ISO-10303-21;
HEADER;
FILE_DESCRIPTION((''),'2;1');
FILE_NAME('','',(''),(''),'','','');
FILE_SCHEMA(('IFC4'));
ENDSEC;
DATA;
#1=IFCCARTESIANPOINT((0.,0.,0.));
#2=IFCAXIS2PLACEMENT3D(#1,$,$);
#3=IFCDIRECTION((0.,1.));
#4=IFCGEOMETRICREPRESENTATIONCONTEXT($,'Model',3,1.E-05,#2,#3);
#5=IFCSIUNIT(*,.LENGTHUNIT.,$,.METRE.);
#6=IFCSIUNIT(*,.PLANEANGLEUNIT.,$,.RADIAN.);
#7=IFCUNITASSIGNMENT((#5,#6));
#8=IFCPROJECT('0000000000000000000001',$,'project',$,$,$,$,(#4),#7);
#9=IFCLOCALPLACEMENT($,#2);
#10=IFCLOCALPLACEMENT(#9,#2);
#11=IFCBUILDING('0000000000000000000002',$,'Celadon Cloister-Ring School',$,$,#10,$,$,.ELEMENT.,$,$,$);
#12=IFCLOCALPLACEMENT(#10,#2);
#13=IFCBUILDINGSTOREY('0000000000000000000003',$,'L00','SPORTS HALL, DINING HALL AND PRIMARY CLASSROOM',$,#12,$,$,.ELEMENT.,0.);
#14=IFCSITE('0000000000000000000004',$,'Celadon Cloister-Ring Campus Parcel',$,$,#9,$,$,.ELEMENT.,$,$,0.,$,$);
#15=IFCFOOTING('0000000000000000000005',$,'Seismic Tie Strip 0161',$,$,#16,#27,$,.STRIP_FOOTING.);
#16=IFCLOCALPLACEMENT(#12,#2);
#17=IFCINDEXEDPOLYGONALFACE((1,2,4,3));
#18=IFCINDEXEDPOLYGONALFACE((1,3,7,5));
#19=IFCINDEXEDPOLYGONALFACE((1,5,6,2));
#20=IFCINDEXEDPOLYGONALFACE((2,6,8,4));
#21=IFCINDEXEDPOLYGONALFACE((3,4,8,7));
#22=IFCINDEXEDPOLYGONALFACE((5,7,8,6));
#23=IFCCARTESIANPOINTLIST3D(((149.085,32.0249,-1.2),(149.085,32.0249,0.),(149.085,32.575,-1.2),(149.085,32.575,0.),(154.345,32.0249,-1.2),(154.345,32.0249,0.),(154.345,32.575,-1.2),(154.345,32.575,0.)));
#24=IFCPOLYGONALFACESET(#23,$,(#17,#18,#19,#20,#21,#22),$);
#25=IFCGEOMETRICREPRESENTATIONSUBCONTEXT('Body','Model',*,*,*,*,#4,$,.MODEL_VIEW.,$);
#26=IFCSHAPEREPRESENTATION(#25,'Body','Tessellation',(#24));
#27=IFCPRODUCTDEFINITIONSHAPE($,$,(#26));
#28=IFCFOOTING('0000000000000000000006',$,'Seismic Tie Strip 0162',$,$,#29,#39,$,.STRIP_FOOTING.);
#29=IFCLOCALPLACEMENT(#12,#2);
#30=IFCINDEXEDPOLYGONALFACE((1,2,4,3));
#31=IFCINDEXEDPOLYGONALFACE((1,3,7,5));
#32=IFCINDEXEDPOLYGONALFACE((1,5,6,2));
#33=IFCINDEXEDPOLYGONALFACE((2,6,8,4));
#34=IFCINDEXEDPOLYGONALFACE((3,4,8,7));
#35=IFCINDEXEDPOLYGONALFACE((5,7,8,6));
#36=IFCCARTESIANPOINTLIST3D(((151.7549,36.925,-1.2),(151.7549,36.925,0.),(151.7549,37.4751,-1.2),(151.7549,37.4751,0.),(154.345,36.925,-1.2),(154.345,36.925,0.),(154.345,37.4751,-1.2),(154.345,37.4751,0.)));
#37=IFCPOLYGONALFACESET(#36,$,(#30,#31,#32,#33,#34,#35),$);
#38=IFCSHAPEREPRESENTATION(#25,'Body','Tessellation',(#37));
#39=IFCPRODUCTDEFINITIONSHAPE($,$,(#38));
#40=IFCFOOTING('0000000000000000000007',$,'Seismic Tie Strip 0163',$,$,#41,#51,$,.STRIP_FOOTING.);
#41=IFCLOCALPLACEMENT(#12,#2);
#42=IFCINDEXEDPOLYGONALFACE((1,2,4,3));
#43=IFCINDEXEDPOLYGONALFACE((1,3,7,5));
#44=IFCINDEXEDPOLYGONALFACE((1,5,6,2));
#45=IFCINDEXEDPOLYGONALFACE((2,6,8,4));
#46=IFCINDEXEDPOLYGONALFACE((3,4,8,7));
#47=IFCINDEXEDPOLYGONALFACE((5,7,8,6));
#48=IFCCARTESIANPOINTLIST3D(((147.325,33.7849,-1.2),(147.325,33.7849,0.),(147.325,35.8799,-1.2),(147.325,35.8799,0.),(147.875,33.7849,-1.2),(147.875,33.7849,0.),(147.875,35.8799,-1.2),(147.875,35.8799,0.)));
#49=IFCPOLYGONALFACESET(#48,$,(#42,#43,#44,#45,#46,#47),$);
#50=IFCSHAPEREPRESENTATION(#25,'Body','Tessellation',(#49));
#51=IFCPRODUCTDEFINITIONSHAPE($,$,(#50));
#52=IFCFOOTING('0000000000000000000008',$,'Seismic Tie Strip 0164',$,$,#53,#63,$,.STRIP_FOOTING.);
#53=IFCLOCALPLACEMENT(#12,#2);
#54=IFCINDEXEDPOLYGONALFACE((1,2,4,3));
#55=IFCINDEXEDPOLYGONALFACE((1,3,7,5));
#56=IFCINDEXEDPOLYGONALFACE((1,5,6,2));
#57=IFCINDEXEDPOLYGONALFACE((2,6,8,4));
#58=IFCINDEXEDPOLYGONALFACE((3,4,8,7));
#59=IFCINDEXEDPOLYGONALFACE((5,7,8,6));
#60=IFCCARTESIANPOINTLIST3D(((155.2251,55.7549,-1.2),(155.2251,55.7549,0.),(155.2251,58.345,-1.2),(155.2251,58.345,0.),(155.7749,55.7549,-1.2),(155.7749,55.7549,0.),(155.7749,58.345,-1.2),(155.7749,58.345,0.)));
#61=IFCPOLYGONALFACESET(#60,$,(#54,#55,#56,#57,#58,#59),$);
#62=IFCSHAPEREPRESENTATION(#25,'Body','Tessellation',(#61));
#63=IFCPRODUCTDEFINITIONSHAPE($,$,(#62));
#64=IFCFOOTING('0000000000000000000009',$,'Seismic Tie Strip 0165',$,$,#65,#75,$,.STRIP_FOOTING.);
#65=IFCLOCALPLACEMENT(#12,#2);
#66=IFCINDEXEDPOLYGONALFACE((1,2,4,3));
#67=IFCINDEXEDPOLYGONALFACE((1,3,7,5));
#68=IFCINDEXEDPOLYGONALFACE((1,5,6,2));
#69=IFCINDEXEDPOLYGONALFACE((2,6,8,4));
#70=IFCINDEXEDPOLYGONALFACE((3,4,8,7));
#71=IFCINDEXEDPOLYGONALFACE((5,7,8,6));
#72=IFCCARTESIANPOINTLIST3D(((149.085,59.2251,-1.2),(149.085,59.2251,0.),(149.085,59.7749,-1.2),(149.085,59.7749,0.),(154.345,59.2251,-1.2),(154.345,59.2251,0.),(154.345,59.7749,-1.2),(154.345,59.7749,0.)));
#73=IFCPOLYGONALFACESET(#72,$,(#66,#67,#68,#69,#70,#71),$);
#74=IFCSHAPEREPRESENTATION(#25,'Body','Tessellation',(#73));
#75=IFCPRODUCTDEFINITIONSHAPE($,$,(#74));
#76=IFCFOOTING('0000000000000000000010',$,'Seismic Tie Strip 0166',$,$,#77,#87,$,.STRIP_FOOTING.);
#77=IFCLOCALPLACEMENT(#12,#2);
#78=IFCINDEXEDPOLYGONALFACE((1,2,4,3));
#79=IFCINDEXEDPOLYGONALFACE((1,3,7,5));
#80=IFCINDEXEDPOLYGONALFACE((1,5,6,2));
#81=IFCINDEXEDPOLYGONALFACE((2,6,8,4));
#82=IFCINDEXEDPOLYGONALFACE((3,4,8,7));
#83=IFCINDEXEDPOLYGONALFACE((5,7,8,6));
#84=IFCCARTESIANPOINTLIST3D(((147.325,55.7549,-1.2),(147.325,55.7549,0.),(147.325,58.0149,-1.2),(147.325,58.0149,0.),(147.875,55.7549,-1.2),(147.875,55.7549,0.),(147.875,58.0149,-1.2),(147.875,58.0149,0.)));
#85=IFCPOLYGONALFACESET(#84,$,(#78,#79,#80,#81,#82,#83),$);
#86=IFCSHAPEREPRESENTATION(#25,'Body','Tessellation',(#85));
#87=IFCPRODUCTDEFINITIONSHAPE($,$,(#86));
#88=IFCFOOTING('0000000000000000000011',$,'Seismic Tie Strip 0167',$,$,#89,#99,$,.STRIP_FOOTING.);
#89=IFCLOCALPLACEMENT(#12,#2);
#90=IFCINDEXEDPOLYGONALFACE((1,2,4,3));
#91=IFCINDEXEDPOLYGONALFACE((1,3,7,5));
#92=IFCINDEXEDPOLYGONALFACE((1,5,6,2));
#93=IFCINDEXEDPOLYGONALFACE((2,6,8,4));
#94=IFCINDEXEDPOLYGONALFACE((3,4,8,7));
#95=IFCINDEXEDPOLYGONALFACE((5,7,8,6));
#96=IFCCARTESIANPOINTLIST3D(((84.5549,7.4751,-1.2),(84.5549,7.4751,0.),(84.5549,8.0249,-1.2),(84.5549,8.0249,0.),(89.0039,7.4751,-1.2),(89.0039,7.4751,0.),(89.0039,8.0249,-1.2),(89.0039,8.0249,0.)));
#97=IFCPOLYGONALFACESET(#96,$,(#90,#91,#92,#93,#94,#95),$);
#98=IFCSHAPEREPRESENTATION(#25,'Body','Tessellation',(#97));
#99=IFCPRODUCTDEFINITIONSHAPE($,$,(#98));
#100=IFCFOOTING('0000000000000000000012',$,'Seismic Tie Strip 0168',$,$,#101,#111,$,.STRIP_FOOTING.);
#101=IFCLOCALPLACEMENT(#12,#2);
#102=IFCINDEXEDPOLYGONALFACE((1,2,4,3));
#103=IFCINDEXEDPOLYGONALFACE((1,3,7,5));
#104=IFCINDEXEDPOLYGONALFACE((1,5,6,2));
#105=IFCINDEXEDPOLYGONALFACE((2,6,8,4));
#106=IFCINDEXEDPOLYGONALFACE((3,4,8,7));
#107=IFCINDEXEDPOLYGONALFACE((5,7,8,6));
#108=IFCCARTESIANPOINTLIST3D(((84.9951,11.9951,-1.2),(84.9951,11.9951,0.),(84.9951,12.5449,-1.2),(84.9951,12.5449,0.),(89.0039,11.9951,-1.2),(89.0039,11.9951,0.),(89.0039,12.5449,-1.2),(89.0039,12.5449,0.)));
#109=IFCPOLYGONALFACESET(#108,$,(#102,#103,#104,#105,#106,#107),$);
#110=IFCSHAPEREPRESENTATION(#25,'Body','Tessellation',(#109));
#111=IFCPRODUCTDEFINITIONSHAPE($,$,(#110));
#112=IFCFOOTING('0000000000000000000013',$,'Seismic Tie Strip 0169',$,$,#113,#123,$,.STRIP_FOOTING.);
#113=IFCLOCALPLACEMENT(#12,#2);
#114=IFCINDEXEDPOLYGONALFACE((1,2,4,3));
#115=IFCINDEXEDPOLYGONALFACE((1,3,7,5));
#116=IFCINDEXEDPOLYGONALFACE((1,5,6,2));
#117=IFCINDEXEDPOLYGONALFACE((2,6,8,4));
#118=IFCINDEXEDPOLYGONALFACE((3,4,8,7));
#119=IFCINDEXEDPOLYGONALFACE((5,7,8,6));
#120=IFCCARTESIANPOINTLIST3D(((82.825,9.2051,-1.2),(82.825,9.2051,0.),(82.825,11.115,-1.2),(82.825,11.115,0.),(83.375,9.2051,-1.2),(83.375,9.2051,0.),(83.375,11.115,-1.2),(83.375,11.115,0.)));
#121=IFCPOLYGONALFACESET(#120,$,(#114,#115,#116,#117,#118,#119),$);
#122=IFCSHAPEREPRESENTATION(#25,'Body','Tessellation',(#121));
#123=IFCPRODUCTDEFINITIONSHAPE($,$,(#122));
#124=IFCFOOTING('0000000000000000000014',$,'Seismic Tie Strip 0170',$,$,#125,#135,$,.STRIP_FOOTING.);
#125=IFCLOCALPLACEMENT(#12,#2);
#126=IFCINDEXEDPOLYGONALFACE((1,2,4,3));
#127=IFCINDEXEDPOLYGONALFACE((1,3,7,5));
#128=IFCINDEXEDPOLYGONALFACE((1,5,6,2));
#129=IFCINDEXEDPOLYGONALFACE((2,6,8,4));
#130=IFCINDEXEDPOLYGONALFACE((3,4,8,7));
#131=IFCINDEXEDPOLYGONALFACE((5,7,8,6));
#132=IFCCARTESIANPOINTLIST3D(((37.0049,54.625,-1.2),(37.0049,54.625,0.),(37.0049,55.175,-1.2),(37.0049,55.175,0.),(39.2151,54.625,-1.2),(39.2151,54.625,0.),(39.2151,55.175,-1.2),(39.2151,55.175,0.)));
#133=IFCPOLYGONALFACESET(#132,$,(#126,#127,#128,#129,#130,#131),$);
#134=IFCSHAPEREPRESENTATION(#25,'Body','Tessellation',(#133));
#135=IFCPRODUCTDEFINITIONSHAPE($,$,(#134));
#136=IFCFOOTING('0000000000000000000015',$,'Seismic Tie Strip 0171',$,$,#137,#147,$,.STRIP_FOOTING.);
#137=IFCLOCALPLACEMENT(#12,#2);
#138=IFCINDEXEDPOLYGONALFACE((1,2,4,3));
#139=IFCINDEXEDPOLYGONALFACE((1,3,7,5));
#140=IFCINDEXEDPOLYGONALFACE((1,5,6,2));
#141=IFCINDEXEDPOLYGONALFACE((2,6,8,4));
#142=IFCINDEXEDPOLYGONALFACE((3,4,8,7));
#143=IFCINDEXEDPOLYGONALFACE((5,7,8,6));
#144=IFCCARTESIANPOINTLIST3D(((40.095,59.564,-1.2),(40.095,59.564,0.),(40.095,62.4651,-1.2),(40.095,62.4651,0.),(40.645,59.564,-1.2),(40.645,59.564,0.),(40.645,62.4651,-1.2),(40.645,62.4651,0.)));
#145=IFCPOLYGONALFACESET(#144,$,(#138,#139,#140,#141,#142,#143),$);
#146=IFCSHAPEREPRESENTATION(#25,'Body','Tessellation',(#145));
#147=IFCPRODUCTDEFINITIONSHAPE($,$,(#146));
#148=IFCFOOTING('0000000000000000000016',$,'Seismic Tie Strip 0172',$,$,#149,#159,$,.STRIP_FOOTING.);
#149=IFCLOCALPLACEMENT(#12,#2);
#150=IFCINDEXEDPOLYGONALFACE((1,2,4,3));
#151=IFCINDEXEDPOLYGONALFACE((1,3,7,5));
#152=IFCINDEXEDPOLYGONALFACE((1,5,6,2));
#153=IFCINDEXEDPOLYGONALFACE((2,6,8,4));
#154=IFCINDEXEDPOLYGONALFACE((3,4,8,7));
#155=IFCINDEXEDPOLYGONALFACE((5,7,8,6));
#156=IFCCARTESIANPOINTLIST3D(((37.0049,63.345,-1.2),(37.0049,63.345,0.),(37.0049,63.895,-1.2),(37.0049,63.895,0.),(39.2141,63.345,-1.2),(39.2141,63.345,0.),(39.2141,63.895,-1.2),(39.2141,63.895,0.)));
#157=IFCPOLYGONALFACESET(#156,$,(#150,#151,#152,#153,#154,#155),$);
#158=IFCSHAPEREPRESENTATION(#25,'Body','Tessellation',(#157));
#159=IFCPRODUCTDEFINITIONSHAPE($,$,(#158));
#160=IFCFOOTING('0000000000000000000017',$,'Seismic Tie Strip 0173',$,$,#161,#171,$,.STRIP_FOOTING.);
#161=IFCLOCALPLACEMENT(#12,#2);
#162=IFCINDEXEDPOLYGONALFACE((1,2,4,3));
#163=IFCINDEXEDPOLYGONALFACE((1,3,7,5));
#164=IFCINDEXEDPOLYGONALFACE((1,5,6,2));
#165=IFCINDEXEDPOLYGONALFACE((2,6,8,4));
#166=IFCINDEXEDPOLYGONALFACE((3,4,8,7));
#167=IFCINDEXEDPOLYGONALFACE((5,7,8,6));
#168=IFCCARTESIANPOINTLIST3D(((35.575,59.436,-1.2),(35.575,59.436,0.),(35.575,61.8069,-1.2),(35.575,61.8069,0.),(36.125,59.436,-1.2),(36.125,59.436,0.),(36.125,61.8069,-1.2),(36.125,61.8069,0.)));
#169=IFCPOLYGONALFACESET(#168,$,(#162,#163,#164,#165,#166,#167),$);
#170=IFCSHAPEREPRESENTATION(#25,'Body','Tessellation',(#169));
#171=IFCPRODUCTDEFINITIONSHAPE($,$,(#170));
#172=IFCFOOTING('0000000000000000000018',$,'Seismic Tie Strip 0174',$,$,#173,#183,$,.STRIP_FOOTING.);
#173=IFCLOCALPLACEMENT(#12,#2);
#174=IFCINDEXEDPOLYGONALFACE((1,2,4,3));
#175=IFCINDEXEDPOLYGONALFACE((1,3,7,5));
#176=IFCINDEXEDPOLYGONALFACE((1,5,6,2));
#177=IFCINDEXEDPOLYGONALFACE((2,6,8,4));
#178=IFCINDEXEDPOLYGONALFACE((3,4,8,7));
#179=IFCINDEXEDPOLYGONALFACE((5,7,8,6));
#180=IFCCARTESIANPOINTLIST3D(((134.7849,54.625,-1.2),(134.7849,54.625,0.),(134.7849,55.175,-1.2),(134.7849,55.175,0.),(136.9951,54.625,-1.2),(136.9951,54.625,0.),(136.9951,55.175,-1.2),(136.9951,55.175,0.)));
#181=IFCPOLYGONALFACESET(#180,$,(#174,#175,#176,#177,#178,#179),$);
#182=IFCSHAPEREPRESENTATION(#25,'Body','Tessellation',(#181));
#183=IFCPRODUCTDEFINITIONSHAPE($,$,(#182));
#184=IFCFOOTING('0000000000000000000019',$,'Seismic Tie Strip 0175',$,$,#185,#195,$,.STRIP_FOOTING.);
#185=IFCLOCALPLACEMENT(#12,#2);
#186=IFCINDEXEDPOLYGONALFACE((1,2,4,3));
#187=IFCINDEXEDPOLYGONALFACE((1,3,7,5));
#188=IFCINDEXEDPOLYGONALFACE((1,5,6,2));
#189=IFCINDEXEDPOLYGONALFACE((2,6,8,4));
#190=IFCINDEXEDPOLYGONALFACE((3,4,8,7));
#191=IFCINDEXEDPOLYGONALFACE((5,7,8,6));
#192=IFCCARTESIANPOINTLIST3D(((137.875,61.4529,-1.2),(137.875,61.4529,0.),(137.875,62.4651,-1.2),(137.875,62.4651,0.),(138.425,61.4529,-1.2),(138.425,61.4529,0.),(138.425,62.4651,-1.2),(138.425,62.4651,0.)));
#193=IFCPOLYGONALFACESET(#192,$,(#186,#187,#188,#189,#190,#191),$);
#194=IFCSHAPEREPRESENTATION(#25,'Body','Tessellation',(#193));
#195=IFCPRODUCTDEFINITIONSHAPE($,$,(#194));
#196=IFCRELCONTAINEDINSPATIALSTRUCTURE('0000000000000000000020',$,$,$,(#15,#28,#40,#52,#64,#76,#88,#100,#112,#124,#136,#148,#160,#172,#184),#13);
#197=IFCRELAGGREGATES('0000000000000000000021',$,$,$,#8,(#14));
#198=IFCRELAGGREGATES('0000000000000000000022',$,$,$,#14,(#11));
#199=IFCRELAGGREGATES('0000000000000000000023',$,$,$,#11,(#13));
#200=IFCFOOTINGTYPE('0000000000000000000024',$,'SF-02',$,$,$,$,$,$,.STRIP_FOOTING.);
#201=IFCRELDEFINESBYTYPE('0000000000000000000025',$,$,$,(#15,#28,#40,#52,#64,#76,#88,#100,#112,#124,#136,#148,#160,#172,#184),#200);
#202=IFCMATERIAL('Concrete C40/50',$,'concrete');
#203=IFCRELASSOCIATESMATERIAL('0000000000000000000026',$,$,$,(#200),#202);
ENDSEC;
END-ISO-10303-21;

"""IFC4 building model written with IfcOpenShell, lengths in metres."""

from ifc_helpers import new_model, si_unit, direction, frame, origin, place, context, subcontext, project, spatial, polyline, outline, extrude, material, type_object, element, save


model = new_model("IFC4")

# Units and contexts
model_context = context("Model", 3, precision=1e-05, world=origin(), true_north=direction((0.0, 1.0)))
body_context = subcontext(model_context, "Body", "Model", "MODEL_VIEW")
ifc_project = project(units=[si_unit("LENGTHUNIT", "METRE"), si_unit("PLANEANGLEUNIT", "RADIAN")], contexts=[model_context])

# Site, building, storey
site_placement = place(None, origin())
site = spatial("IfcSite", under=ifc_project, at=site_placement, Name="Celadon Cloister-Ring Campus Parcel", CompositionType="ELEMENT", RefElevation=0.0)
building_placement = place(site_placement, origin())
building = spatial("IfcBuilding", under=site, at=building_placement, Name="Celadon Cloister-Ring School", CompositionType="ELEMENT")
storey_placement = place(building_placement, origin())
storey = spatial("IfcBuildingStorey", under=building, at=storey_placement, Name="L00", Description="SPORTS HALL, DINING HALL AND PRIMARY CLASSROOM", CompositionType="ELEMENT", Elevation=0.0)

# Footings
ifc_material_1 = material(Name="Concrete C40/50", Category="concrete")
footing_type_1 = type_object("IfcFootingType", Name="SF-02", PredefinedType="STRIP_FOOTING", material=ifc_material_1)
footing_1_placement = place(storey_placement, frame((0.0, 0.0, -1.2)))
element("IfcFooting", 1, at=footing_1_placement, inside=storey, type_object=footing_type_1, Name="Seismic Tie Strip 0161", PredefinedType="STRIP_FOOTING", context=body_context, shape_type="SweptSolid", body=[
    extrude(outline(polyline([(149.085, 32.0249), (154.345, 32.0249), (154.345, 32.575), (149.085, 32.575), (149.085, 32.0249)])), origin(), (0.0, 0.0, 1.0), 1.2),
])
footing_2_placement = place(storey_placement, frame((0.0, 0.0, -1.2)))
element("IfcFooting", 2, at=footing_2_placement, inside=storey, type_object=footing_type_1, Name="Seismic Tie Strip 0162", PredefinedType="STRIP_FOOTING", context=body_context, shape_type="SweptSolid", body=[
    extrude(outline(polyline([(154.345, 37.4751), (151.7549, 37.4751), (151.7549, 36.925), (154.345, 36.925), (154.345, 37.4751)])), origin(), (0.0, 0.0, 1.0), 1.2),
])
footing_3_placement = place(storey_placement, frame((0.0, 0.0, -1.2)))
element("IfcFooting", 3, at=footing_3_placement, inside=storey, type_object=footing_type_1, Name="Seismic Tie Strip 0163", PredefinedType="STRIP_FOOTING", context=body_context, shape_type="SweptSolid", body=[
    extrude(outline(polyline([(147.325, 35.8799), (147.325, 33.7849), (147.875, 33.7849), (147.875, 35.8799), (147.325, 35.8799)])), origin(), (0.0, 0.0, 1.0), 1.2),
])
footing_4_placement = place(storey_placement, frame((0.0, 0.0, -1.2)))
element("IfcFooting", 4, at=footing_4_placement, inside=storey, type_object=footing_type_1, Name="Seismic Tie Strip 0164", PredefinedType="STRIP_FOOTING", context=body_context, shape_type="SweptSolid", body=[
    extrude(outline(polyline([(155.7749, 55.7549), (155.7749, 58.345), (155.2251, 58.345), (155.2251, 55.7549), (155.7749, 55.7549)])), origin(), (0.0, 0.0, 1.0), 1.2),
])
footing_5_placement = place(storey_placement, frame((0.0, 0.0, -1.2)))
element("IfcFooting", 5, at=footing_5_placement, inside=storey, type_object=footing_type_1, Name="Seismic Tie Strip 0165", PredefinedType="STRIP_FOOTING", context=body_context, shape_type="SweptSolid", body=[
    extrude(outline(polyline([(154.345, 59.7749), (149.085, 59.7749), (149.085, 59.2251), (154.345, 59.2251), (154.345, 59.7749)])), origin(), (0.0, 0.0, 1.0), 1.2),
])
footing_6_placement = place(storey_placement, frame((0.0, 0.0, -1.2)))
element("IfcFooting", 6, at=footing_6_placement, inside=storey, type_object=footing_type_1, Name="Seismic Tie Strip 0166", PredefinedType="STRIP_FOOTING", context=body_context, shape_type="SweptSolid", body=[
    extrude(outline(polyline([(147.325, 58.0149), (147.325, 55.7549), (147.875, 55.7549), (147.875, 58.0149), (147.325, 58.0149)])), origin(), (0.0, 0.0, 1.0), 1.2),
])
footing_7_placement = place(storey_placement, frame((0.0, 0.0, -1.2)))
element("IfcFooting", 7, at=footing_7_placement, inside=storey, type_object=footing_type_1, Name="Seismic Tie Strip 0167", PredefinedType="STRIP_FOOTING", context=body_context, shape_type="SweptSolid", body=[
    extrude(outline(polyline([(84.5549, 7.4751), (89.0039, 7.4751), (89.0039, 8.0249), (84.5549, 8.0249), (84.5549, 7.4751)])), origin(), (0.0, 0.0, 1.0), 1.2),
])
footing_8_placement = place(storey_placement, frame((0.0, 0.0, -1.2)))
element("IfcFooting", 8, at=footing_8_placement, inside=storey, type_object=footing_type_1, Name="Seismic Tie Strip 0168", PredefinedType="STRIP_FOOTING", context=body_context, shape_type="SweptSolid", body=[
    extrude(outline(polyline([(89.0039, 12.5449), (84.9951, 12.5449), (84.9951, 11.9951), (89.0039, 11.9951), (89.0039, 12.5449)])), origin(), (0.0, 0.0, 1.0), 1.2),
])
footing_9_placement = place(storey_placement, frame((0.0, 0.0, -1.2)))
element("IfcFooting", 9, at=footing_9_placement, inside=storey, type_object=footing_type_1, Name="Seismic Tie Strip 0169", PredefinedType="STRIP_FOOTING", context=body_context, shape_type="SweptSolid", body=[
    extrude(outline(polyline([(82.825, 11.115), (82.825, 9.2051), (83.375, 9.2051), (83.375, 11.115), (82.825, 11.115)])), origin(), (0.0, 0.0, 1.0), 1.2),
])
footing_10_placement = place(storey_placement, frame((0.0, 0.0, -1.2)))
element("IfcFooting", 10, at=footing_10_placement, inside=storey, type_object=footing_type_1, Name="Seismic Tie Strip 0170", PredefinedType="STRIP_FOOTING", context=body_context, shape_type="SweptSolid", body=[
    extrude(outline(polyline([(37.0049, 54.625), (39.2151, 54.625), (39.2151, 55.175), (37.0049, 55.175), (37.0049, 54.625)])), origin(), (0.0, 0.0, 1.0), 1.2),
])
footing_11_placement = place(storey_placement, frame((0.0, 0.0, -1.2)))
element("IfcFooting", 11, at=footing_11_placement, inside=storey, type_object=footing_type_1, Name="Seismic Tie Strip 0171", PredefinedType="STRIP_FOOTING", context=body_context, shape_type="SweptSolid", body=[
    extrude(outline(polyline([(40.645, 59.564), (40.645, 62.4651), (40.095, 62.4651), (40.095, 59.564), (40.645, 59.564)])), origin(), (0.0, 0.0, 1.0), 1.2),
])
footing_12_placement = place(storey_placement, frame((0.0, 0.0, -1.2)))
element("IfcFooting", 12, at=footing_12_placement, inside=storey, type_object=footing_type_1, Name="Seismic Tie Strip 0172", PredefinedType="STRIP_FOOTING", context=body_context, shape_type="SweptSolid", body=[
    extrude(outline(polyline([(39.2141, 63.895), (37.0049, 63.895), (37.0049, 63.345), (39.2141, 63.345), (39.2141, 63.895)])), origin(), (0.0, 0.0, 1.0), 1.2),
])
footing_13_placement = place(storey_placement, frame((0.0, 0.0, -1.2)))
element("IfcFooting", 13, at=footing_13_placement, inside=storey, type_object=footing_type_1, Name="Seismic Tie Strip 0173", PredefinedType="STRIP_FOOTING", context=body_context, shape_type="SweptSolid", body=[
    extrude(outline(polyline([(35.575, 61.8069), (35.575, 59.436), (36.125, 59.436), (36.125, 61.8069), (35.575, 61.8069)])), origin(), (0.0, 0.0, 1.0), 1.2),
])
footing_14_placement = place(storey_placement, frame((0.0, 0.0, -1.2)))
element("IfcFooting", 14, at=footing_14_placement, inside=storey, type_object=footing_type_1, Name="Seismic Tie Strip 0174", PredefinedType="STRIP_FOOTING", context=body_context, shape_type="SweptSolid", body=[
    extrude(outline(polyline([(134.7849, 54.625), (136.9951, 54.625), (136.9951, 55.175), (134.7849, 55.175), (134.7849, 54.625)])), origin(), (0.0, 0.0, 1.0), 1.2),
])
footing_15_placement = place(storey_placement, frame((0.0, 0.0, -1.2)))
element("IfcFooting", 15, at=footing_15_placement, inside=storey, type_object=footing_type_1, Name="Seismic Tie Strip 0175", PredefinedType="STRIP_FOOTING", context=body_context, shape_type="SweptSolid", body=[
    extrude(outline(polyline([(138.425, 61.4529), (138.425, 62.4651), (137.875, 62.4651), (137.875, 61.4529), (138.425, 61.4529)])), origin(), (0.0, 0.0, 1.0), 1.2),
])

save(model, "model.ifc")
